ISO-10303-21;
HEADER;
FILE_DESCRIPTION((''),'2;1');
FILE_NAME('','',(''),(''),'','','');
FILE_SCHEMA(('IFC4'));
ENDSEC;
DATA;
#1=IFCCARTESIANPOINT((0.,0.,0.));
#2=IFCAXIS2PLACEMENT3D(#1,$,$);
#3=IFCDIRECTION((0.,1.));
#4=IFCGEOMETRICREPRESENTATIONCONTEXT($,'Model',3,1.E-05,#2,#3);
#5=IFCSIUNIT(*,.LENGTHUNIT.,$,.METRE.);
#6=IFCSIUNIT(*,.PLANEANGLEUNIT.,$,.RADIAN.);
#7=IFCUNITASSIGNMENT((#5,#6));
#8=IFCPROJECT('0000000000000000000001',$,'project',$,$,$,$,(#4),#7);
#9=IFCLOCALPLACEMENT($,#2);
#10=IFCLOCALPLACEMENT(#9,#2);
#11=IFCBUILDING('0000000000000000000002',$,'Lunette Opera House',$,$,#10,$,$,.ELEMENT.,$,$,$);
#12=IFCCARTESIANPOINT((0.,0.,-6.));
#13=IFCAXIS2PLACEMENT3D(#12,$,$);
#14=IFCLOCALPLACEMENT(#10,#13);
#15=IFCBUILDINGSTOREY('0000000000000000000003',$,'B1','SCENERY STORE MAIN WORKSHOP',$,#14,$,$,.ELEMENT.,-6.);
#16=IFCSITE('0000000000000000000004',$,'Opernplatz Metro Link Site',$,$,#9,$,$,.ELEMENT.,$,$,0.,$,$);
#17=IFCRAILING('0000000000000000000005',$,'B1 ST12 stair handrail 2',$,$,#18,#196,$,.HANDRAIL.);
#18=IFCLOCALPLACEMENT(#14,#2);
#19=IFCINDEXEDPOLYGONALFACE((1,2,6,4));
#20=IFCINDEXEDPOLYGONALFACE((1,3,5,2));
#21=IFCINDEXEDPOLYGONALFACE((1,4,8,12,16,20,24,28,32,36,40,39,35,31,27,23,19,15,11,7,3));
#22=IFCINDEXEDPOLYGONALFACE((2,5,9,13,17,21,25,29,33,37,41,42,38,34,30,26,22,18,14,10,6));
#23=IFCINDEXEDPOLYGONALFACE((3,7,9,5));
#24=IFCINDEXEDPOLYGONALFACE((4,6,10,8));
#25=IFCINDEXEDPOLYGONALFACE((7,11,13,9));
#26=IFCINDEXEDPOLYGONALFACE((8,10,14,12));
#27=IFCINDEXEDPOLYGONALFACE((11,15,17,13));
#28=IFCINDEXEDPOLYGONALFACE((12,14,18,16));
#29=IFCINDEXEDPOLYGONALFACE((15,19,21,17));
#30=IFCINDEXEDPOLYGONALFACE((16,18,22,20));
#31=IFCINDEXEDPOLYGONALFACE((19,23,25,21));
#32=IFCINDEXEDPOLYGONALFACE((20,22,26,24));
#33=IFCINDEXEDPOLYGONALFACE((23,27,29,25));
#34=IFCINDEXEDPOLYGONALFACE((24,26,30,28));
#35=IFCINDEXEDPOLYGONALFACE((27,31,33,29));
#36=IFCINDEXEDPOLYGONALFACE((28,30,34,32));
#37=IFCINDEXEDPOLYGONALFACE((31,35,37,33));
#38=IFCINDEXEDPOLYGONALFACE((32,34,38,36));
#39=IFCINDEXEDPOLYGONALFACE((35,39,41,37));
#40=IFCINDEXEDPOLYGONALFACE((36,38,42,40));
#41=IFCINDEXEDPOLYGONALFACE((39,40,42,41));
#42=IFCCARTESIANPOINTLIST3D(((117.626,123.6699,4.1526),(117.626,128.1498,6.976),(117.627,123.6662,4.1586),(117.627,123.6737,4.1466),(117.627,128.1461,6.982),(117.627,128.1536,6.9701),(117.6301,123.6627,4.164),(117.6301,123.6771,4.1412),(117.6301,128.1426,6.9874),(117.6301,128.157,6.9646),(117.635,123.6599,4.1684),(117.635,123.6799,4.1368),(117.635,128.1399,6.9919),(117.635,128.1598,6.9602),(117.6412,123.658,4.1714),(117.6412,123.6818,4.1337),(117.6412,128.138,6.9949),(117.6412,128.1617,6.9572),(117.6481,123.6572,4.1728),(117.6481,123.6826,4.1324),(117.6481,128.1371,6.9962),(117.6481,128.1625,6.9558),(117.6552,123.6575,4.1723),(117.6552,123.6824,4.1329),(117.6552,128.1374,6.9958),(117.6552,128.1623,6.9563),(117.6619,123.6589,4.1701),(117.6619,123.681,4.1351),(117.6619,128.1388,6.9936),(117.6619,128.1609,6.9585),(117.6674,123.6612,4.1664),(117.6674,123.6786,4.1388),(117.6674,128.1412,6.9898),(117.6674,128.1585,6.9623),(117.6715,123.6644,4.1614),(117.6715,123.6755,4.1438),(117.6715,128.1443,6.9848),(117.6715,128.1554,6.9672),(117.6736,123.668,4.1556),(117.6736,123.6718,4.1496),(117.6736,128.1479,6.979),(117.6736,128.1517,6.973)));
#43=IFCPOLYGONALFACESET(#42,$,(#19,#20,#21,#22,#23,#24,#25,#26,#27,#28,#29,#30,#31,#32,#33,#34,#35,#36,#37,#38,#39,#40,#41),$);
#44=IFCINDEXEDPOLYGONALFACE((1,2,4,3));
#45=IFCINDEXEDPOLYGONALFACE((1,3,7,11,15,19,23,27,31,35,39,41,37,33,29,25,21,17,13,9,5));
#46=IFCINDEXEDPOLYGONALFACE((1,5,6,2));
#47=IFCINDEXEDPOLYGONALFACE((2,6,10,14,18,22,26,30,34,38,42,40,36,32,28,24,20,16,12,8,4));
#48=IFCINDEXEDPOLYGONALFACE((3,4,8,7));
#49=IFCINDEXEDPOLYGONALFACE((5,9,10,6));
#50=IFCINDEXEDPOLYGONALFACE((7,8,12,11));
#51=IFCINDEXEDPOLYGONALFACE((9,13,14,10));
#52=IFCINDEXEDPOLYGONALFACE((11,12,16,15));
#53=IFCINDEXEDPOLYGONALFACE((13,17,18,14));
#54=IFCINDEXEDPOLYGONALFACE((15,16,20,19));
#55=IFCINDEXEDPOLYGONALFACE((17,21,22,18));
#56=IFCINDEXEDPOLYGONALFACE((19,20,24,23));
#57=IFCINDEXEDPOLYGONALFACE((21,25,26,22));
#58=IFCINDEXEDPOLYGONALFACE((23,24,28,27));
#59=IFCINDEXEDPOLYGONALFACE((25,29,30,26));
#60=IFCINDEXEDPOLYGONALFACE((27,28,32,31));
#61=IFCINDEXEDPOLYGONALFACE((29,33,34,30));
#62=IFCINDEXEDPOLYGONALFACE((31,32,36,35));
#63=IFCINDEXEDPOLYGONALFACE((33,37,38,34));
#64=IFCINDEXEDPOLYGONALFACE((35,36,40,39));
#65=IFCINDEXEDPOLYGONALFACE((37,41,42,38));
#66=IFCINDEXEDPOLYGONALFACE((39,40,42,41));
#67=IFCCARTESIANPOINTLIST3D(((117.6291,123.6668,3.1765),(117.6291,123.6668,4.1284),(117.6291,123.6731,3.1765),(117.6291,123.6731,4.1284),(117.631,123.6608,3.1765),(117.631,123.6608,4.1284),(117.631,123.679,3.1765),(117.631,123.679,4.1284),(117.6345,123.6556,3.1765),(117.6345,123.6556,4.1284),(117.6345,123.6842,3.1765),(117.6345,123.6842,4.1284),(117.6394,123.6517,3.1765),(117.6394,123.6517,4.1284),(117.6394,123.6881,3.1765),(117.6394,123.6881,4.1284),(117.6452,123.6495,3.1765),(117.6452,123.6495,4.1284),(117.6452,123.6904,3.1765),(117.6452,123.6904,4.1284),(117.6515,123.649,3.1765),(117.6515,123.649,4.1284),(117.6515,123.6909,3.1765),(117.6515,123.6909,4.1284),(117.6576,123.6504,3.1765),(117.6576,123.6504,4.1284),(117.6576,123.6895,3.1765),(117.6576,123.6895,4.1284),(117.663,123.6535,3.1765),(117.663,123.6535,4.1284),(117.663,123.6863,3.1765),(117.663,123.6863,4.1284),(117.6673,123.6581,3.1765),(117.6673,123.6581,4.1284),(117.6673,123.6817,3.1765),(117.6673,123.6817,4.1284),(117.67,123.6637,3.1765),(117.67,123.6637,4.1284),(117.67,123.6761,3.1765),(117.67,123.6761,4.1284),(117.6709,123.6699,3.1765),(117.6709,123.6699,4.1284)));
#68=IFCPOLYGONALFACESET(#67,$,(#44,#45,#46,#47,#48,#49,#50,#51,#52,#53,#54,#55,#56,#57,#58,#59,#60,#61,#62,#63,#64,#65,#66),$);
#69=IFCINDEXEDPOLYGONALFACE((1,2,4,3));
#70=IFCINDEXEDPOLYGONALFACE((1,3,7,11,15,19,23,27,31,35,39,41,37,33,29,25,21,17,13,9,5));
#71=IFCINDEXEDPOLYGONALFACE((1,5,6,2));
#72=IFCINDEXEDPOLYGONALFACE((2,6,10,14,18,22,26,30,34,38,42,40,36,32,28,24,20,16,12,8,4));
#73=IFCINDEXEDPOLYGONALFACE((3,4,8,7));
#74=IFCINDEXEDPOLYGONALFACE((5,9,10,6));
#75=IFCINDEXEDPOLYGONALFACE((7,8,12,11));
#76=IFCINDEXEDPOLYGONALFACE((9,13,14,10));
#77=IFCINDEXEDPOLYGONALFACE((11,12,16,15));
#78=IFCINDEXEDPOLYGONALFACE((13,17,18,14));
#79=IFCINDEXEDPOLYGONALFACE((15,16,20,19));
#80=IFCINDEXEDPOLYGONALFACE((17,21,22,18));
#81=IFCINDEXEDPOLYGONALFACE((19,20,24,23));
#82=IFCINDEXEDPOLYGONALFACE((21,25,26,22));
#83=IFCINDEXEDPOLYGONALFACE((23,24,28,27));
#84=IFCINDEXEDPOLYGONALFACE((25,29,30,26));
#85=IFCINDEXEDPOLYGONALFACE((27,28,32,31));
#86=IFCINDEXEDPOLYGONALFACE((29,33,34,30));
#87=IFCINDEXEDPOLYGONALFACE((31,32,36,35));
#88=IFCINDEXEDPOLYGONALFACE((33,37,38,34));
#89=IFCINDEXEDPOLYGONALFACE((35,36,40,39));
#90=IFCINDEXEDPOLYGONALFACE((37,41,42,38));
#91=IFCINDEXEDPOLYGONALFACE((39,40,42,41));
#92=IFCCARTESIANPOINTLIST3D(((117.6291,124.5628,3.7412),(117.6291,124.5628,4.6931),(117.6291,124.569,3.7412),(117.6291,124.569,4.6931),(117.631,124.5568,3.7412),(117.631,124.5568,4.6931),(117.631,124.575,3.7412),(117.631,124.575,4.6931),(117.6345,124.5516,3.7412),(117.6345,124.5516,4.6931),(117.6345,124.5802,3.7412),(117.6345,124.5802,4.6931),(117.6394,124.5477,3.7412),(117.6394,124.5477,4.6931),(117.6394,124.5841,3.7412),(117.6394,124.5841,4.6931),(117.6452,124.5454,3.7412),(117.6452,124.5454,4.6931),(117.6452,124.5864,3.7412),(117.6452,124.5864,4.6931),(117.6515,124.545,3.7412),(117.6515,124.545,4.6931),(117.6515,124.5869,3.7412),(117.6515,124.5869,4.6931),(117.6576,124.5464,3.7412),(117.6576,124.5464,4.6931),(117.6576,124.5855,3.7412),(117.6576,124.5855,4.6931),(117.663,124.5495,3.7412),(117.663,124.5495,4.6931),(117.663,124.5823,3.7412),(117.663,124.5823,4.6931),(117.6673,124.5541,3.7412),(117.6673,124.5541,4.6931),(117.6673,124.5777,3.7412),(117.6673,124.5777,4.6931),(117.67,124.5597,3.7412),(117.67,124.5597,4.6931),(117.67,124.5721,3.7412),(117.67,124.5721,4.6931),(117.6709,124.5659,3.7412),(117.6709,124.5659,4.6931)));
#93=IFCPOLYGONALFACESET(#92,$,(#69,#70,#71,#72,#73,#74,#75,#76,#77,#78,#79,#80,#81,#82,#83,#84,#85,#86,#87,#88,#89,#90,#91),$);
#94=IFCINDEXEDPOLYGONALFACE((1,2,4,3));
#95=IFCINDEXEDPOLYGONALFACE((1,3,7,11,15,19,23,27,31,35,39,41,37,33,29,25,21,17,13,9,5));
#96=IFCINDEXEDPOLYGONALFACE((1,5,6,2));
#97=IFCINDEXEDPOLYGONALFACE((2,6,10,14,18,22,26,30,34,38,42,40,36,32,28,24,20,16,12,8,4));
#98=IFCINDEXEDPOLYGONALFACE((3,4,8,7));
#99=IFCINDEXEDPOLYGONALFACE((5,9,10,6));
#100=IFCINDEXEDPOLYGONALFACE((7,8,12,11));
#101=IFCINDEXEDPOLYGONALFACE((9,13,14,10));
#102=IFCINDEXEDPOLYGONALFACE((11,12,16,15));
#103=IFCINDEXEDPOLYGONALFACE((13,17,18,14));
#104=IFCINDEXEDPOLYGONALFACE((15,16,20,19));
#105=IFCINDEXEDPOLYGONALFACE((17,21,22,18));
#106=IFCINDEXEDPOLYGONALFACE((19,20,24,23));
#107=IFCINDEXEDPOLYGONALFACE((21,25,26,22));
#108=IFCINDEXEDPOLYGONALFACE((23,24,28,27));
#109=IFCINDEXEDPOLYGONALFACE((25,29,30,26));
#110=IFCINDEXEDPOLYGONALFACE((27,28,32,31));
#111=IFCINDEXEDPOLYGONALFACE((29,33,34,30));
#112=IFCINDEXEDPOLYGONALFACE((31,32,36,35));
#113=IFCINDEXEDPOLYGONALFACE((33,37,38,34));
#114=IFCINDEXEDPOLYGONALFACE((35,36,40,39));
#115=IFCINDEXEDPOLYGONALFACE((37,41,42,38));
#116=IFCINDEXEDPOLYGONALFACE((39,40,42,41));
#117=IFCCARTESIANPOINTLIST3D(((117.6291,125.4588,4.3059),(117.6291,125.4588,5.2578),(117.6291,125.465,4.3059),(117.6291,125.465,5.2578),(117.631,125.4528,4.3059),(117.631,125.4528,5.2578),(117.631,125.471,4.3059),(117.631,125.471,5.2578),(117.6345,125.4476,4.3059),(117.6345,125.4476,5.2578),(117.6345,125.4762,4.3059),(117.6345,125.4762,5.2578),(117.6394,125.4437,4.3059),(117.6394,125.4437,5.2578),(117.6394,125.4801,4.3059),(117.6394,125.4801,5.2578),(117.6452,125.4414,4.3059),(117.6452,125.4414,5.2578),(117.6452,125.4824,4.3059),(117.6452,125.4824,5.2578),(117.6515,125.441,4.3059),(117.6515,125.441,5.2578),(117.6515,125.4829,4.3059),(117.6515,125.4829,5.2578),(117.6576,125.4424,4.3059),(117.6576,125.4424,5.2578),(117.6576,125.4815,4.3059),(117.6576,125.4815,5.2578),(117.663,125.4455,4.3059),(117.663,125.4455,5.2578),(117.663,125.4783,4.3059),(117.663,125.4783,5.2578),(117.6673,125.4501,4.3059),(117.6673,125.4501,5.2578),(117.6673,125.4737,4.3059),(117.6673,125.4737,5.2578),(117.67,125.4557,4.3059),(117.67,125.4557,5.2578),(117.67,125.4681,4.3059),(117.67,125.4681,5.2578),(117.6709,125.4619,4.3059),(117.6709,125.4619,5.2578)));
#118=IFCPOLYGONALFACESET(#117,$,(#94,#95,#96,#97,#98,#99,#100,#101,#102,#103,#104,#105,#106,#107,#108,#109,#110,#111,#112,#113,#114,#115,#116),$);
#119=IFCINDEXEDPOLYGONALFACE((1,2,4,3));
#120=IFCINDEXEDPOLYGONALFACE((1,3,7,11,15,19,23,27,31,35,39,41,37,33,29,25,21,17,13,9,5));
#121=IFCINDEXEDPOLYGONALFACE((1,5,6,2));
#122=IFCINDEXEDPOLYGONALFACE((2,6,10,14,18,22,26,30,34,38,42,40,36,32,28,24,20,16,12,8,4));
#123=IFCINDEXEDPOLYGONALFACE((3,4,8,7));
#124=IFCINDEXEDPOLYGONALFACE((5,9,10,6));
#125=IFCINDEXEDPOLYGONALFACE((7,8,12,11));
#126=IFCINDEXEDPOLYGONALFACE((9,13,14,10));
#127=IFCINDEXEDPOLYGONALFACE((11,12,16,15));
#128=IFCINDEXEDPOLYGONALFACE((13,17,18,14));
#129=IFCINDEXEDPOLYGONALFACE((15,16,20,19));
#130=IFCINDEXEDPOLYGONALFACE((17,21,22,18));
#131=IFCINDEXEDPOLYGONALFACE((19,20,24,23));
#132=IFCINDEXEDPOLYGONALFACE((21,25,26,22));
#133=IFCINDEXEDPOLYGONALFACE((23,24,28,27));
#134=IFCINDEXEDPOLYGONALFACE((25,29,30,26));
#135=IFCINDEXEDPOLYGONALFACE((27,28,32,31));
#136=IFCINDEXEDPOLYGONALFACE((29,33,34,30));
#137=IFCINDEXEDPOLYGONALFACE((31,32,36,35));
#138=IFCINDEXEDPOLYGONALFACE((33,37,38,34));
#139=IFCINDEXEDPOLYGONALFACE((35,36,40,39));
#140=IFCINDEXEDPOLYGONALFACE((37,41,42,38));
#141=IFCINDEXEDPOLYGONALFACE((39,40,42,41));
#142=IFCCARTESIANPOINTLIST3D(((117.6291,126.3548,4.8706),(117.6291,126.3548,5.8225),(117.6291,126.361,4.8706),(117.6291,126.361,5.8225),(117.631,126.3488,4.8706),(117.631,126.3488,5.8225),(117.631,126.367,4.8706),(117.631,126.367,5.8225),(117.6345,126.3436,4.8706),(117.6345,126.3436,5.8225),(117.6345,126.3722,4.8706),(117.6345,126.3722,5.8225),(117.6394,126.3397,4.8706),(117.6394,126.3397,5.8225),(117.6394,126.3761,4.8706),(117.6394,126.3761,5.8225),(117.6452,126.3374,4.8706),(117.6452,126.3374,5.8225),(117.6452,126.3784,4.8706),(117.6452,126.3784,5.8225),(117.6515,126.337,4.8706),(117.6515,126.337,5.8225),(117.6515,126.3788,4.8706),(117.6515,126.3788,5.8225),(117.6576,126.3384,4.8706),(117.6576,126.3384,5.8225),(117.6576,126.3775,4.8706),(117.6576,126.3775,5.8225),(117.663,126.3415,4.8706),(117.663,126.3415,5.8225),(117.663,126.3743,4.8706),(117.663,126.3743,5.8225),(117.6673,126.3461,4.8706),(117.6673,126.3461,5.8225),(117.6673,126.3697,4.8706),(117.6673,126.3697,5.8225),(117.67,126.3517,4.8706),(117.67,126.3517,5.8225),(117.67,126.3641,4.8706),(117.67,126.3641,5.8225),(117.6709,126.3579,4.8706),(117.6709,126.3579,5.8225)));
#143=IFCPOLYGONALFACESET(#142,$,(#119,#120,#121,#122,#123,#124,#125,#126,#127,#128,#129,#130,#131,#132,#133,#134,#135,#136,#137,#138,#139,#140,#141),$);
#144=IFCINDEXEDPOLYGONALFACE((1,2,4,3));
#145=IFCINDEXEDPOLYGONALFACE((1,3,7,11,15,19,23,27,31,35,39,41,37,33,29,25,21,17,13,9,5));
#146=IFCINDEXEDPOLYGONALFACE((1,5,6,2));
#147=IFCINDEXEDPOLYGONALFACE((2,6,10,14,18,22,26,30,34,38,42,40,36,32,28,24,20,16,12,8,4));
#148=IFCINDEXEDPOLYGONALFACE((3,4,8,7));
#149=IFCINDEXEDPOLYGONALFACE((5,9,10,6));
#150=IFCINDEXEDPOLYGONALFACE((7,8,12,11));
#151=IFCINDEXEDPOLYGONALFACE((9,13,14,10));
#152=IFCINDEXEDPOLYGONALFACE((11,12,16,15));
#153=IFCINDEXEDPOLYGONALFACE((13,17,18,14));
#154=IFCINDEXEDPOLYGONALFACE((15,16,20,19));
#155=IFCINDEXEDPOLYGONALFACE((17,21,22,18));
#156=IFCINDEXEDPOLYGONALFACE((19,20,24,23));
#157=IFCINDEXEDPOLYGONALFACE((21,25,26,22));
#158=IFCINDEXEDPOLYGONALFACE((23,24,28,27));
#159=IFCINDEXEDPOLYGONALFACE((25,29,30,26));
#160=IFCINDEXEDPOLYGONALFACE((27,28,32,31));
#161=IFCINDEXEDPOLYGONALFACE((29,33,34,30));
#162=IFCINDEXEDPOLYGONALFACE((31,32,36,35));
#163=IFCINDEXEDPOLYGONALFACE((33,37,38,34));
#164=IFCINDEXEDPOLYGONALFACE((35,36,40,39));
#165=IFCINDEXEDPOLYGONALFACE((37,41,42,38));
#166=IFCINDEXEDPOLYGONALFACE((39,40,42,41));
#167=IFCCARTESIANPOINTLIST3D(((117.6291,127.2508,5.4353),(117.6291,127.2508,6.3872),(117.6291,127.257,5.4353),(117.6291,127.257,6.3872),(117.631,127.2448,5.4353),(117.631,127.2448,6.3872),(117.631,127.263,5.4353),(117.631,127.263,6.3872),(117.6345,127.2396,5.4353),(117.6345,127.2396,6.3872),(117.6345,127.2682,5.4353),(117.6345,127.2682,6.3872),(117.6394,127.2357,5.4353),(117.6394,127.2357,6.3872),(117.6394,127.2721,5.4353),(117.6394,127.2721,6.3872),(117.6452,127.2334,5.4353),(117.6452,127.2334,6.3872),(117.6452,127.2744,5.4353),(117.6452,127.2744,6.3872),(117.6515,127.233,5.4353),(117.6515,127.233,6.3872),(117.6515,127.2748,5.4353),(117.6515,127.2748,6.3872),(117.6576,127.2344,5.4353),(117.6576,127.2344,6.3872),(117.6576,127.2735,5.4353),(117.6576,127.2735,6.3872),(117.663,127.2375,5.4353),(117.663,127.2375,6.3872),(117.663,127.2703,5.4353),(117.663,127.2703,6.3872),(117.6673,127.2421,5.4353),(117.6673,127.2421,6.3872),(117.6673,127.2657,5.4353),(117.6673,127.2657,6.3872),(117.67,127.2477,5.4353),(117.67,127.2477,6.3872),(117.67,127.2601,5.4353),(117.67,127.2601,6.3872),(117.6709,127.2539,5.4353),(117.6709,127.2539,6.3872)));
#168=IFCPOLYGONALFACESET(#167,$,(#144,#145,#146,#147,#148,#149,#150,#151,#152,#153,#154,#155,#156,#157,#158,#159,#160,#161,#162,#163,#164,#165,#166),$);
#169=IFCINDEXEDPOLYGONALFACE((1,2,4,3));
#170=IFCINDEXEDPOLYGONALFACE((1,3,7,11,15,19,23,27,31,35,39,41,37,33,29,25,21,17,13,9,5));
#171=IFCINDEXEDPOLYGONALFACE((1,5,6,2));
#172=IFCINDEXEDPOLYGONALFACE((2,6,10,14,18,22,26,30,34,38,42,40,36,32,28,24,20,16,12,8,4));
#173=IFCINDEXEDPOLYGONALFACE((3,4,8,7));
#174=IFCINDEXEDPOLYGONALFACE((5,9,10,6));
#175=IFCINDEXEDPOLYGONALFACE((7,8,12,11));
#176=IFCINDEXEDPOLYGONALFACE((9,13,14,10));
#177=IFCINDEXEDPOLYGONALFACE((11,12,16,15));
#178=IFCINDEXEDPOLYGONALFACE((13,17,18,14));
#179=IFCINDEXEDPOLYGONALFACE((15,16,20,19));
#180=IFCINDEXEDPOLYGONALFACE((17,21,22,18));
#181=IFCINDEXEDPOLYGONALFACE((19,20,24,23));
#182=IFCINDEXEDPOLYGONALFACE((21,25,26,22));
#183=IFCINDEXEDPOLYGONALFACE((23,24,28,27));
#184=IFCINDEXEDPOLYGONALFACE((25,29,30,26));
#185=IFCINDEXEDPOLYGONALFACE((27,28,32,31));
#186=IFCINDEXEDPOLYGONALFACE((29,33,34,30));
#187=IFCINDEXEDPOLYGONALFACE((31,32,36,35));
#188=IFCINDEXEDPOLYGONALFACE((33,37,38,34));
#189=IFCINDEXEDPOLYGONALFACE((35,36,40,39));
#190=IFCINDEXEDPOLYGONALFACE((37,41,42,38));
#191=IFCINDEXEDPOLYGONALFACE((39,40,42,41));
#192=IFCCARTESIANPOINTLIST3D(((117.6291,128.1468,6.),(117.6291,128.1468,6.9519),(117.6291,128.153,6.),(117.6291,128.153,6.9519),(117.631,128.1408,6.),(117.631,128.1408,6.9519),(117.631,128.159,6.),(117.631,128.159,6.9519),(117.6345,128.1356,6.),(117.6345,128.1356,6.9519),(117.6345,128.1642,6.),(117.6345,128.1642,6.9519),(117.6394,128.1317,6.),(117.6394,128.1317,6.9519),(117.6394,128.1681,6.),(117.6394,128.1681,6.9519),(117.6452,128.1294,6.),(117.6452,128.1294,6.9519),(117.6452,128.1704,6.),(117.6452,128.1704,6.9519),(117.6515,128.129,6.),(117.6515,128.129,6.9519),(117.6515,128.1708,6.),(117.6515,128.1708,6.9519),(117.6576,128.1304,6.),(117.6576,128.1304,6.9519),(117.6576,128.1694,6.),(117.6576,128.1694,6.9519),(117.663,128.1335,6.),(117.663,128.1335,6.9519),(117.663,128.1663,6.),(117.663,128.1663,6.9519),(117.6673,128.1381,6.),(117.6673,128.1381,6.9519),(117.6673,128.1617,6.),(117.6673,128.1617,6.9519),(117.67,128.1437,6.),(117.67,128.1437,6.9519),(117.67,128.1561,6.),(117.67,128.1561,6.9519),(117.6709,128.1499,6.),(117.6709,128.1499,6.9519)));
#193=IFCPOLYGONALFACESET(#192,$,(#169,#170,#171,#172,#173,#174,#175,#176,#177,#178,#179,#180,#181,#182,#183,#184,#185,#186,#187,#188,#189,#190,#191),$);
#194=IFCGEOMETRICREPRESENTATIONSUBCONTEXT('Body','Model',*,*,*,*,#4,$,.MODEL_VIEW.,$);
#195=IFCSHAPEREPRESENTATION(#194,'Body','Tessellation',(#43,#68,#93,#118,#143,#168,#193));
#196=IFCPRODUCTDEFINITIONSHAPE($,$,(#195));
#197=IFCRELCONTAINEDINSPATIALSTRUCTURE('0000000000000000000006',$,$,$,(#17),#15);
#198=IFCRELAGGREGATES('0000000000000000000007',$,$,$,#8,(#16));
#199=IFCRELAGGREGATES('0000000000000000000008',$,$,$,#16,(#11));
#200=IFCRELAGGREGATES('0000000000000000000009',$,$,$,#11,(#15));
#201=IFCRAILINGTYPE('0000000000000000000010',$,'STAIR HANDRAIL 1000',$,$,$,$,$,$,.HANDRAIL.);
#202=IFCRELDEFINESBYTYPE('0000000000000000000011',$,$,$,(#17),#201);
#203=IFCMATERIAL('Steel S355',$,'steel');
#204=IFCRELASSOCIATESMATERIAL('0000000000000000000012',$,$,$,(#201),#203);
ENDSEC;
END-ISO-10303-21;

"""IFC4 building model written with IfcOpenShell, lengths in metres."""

from ifc_helpers import new_model, si_unit, direction, frame, origin, origin_2d, place, context, subcontext, project, spatial, circle, extrude, material, type_object, element, save


model = new_model("IFC4")

# Units and contexts
model_context = context("Model", 3, precision=1e-05, world=origin(), true_north=direction((0.0, 1.0)))
body_context = subcontext(model_context, "Body", "Model", "MODEL_VIEW")
ifc_project = project(units=[si_unit("LENGTHUNIT", "METRE"), si_unit("PLANEANGLEUNIT", "RADIAN")], contexts=[model_context])

# Site, building, storey
site_placement = place(None, origin())
site = spatial("IfcSite", under=ifc_project, at=site_placement, Name="Opernplatz Metro Link Site", CompositionType="ELEMENT", RefElevation=0.0)
building_placement = place(site_placement, origin())
building = spatial("IfcBuilding", under=site, at=building_placement, Name="Lunette Opera House", CompositionType="ELEMENT")
storey_placement = place(building_placement, frame((0.0, 0.0, -6.0)))
storey = spatial("IfcBuildingStorey", under=building, at=storey_placement, Name="B1", Description="SCENERY STORE MAIN WORKSHOP", CompositionType="ELEMENT", Elevation=-6.0)

# Railing
ifc_material_1 = material(Name="Steel S355", Category="steel")
railing_type = type_object("IfcRailingType", Name="STAIR HANDRAIL 1000", PredefinedType="HANDRAIL", material=ifc_material_1)
railing_placement = place(storey_placement, frame((117.6499, 123.6699, 3.1765)))
element("IfcRailing", 1, at=railing_placement, inside=storey, type_object=railing_type, Name="B1 ST12 stair handrail 2", PredefinedType="HANDRAIL", context=body_context, shape_type="SweptSolid", body=[
    extrude(circle(Radius=0.0239, at=origin_2d()), frame((0.0, 0.0, 0.9761), z_axis=(0.0, 0.845998, 0.533186), x_axis=(-1.0, 0.0, 0.0)), (0.0, 0.0, 1.0), 5.2954),
    extrude(circle(Radius=0.021, at=origin_2d()), origin(), (0.0, 0.0, 1.0), 0.9519),
    extrude(circle(Radius=0.021, at=origin_2d()), frame((0.0, 0.896, 0.5647)), (0.0, 0.0, 1.0), 0.9519),
    extrude(circle(Radius=0.021, at=origin_2d()), frame((0.0, 1.792, 1.1294)), (0.0, 0.0, 1.0), 0.9519),
    extrude(circle(Radius=0.021, at=origin_2d()), frame((0.0, 2.688, 1.6941)), (0.0, 0.0, 1.0), 0.9519),
    extrude(circle(Radius=0.021, at=origin_2d()), frame((0.0, 3.584, 2.2588)), (0.0, 0.0, 1.0), 0.9519),
    extrude(circle(Radius=0.021, at=origin_2d()), frame((0.0, 4.48, 2.8235)), (0.0, 0.0, 1.0), 0.9519),
])

save(model, "model.ifc")
